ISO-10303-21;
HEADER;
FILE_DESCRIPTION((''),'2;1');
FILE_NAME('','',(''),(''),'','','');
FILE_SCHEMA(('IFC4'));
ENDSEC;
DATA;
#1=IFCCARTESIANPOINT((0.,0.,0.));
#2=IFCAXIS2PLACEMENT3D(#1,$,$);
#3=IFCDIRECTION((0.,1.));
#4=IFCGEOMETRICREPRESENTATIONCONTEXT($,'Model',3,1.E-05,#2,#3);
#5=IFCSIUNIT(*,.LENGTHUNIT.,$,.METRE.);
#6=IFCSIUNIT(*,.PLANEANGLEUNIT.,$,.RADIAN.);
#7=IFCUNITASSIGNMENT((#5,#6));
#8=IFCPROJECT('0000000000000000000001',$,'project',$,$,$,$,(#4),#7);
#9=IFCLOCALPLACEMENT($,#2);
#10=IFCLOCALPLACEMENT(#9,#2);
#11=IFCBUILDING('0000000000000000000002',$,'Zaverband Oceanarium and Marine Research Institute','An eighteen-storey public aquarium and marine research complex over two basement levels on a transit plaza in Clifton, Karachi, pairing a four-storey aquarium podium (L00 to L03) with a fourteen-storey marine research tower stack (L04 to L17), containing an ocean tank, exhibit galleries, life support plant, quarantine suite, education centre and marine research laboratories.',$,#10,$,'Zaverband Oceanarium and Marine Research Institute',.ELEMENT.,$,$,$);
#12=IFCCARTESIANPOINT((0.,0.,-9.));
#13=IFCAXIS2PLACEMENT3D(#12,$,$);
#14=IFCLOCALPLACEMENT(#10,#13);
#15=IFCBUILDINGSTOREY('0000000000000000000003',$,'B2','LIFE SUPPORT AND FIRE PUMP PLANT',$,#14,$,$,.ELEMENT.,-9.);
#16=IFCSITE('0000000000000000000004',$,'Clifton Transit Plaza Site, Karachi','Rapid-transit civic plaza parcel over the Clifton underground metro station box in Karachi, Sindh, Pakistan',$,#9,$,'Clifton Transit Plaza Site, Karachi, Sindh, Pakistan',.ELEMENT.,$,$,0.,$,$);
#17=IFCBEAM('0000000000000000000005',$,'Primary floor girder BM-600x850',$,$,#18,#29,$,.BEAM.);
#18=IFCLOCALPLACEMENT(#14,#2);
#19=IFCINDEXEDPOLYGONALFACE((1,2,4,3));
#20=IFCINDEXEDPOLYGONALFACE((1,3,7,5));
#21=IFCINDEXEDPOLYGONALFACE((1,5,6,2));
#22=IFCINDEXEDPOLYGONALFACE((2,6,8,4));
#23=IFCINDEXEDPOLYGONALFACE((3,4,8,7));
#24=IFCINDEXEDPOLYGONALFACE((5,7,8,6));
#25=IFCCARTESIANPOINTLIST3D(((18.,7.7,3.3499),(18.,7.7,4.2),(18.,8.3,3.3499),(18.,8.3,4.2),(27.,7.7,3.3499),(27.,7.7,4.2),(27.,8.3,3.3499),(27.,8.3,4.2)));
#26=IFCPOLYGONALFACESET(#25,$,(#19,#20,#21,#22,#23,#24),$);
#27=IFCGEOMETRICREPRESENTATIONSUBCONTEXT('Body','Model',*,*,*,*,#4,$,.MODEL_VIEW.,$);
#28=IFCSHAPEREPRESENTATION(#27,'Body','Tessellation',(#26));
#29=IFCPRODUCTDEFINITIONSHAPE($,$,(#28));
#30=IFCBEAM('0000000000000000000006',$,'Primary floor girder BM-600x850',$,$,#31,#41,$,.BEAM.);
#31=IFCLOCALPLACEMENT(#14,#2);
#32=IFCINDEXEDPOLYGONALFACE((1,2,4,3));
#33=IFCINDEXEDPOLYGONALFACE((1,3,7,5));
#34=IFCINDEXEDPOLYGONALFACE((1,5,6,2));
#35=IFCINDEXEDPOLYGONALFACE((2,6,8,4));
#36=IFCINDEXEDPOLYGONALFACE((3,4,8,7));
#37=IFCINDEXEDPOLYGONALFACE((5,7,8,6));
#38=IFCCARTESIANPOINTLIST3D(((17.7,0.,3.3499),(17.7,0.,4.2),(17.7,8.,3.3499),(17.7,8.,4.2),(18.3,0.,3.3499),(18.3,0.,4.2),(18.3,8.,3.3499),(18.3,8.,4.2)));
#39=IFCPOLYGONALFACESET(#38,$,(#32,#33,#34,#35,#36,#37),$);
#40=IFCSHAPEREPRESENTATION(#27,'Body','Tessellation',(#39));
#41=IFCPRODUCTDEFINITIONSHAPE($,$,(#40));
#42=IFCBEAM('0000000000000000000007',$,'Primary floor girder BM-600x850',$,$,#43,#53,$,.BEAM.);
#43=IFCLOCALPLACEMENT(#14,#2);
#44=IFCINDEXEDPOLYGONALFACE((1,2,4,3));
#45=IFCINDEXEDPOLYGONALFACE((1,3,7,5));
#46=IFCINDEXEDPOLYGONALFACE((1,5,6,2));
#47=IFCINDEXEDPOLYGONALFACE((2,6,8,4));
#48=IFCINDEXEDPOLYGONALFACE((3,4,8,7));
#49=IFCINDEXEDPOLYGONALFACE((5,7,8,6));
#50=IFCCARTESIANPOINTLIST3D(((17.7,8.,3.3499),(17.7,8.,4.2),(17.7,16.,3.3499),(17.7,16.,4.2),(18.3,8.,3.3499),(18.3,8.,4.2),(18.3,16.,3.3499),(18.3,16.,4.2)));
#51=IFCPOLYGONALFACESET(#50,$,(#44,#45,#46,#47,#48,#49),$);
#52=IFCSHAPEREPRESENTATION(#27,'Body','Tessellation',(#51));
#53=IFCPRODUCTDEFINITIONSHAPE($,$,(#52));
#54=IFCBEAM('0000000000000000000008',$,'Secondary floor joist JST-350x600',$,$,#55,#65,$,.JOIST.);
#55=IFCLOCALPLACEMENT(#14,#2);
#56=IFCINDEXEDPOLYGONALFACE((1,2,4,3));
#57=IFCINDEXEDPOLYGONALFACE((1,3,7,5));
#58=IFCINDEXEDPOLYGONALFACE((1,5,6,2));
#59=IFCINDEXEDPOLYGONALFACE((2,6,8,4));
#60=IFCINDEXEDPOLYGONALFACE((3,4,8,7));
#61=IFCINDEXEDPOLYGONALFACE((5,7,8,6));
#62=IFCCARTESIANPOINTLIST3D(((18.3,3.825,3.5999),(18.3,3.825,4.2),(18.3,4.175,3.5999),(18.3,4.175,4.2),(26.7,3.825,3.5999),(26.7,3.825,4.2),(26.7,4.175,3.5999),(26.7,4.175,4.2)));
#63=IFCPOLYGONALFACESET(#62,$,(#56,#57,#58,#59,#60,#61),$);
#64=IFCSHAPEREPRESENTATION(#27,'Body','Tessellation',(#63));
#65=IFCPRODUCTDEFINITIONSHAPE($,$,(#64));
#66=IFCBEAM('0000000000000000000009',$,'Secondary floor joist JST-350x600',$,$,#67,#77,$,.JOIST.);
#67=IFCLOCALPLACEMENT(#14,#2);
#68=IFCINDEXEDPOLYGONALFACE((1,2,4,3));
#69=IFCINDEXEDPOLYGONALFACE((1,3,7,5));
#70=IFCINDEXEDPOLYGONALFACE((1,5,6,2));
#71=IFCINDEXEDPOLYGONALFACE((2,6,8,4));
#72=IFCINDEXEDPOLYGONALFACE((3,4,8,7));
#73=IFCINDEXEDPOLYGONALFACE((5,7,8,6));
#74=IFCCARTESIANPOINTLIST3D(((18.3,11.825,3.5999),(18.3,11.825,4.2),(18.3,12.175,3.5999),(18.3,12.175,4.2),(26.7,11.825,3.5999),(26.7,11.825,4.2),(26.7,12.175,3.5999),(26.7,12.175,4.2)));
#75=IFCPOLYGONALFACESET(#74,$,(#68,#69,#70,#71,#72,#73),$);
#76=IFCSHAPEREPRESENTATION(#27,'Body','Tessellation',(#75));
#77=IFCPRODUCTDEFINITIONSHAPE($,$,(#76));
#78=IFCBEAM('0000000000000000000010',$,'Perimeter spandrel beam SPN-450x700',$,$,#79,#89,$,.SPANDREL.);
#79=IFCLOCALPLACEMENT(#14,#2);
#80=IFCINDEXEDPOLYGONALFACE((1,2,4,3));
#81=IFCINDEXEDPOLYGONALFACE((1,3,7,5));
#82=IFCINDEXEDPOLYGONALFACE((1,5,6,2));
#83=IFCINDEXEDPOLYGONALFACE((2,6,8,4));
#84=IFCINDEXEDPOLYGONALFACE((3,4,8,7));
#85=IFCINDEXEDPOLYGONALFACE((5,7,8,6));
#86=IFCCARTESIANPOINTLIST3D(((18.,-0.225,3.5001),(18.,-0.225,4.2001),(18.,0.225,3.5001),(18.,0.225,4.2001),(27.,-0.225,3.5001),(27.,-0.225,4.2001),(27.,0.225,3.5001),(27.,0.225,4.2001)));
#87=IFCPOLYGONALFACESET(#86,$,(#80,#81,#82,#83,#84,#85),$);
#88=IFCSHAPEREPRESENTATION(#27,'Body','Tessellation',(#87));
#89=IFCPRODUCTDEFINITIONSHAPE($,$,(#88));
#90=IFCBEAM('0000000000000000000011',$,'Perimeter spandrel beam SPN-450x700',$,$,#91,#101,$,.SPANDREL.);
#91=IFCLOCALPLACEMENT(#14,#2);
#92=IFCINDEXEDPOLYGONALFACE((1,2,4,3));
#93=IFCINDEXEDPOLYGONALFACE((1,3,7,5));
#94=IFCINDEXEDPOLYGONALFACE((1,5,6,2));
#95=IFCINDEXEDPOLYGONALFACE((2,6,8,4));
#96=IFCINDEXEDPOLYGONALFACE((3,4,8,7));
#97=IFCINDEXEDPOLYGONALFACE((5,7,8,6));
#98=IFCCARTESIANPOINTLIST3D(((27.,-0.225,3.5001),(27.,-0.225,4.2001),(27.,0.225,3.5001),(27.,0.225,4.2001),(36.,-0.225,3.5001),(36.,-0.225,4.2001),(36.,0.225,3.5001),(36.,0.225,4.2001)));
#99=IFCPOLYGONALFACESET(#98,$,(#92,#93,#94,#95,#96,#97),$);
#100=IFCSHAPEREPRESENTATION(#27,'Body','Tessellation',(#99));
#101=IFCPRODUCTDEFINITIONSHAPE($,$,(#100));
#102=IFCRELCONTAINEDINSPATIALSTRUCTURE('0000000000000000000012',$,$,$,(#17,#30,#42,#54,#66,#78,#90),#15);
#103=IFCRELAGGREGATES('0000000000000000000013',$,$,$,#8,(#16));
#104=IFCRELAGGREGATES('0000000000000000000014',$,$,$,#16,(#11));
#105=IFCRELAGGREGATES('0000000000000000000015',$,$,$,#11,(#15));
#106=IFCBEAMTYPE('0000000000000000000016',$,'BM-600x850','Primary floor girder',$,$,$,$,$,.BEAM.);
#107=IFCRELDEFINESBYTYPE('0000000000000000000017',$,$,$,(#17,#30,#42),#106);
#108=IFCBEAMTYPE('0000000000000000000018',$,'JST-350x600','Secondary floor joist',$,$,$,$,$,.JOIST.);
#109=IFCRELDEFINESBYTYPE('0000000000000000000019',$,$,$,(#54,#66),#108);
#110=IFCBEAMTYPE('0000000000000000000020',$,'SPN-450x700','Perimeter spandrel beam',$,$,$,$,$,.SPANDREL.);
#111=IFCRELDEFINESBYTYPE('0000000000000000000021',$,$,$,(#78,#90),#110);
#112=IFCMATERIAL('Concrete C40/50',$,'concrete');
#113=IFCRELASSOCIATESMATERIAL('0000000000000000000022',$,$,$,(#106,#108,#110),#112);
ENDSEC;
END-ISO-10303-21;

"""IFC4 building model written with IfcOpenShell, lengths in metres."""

from ifc_helpers import new_model, si_unit, direction, frame, origin, origin_2d, place, context, subcontext, project, spatial, rectangle, extrude, material, material_profile, profile_set, type_object, element, save


model = new_model("IFC4")

# Units and contexts
model_context = context("Model", 3, precision=1e-05, world=origin(), true_north=direction((0.0, 1.0)))
body_context = subcontext(model_context, "Body", "Model", "MODEL_VIEW")
ifc_project = project(units=[si_unit("LENGTHUNIT", "METRE"), si_unit("PLANEANGLEUNIT", "RADIAN")], contexts=[model_context])

# Site, building, storey
site_placement = place(None, origin())
site = spatial("IfcSite", under=ifc_project, at=site_placement, Name="Clifton Transit Plaza Site, Karachi", Description="Rapid-transit civic plaza parcel over the Clifton underground metro station box in Karachi, Sindh, Pakistan", LongName="Clifton Transit Plaza Site, Karachi, Sindh, Pakistan", CompositionType="ELEMENT", RefElevation=0.0)
building_placement = place(site_placement, origin())
building = spatial("IfcBuilding", under=site, at=building_placement, Name="Zaverband Oceanarium and Marine Research Institute", Description="An eighteen-storey public aquarium and marine research complex over two basement levels on a transit plaza in Clifton, Karachi, pairing a four-storey aquarium podium (L00 to L03) with a fourteen-storey marine research tower stack (L04 to L17), containing an ocean tank, exhibit galleries, life support plant, quarantine suite, education centre and marine research laboratories.", LongName="Zaverband Oceanarium and Marine Research Institute", CompositionType="ELEMENT")
storey_placement = place(building_placement, frame((0.0, 0.0, -9.0)))
storey = spatial("IfcBuildingStorey", under=building, at=storey_placement, Name="B2", Description="LIFE SUPPORT AND FIRE PUMP PLANT", CompositionType="ELEMENT", Elevation=-9.0)

# Beams
ifc_material_1 = material(Name="Concrete C40/50", Category="concrete")
ifc_material_profile_1 = material_profile(ifc_material_1, rectangle(XDim=0.6001, YDim=0.8501, at=origin_2d()), Name="RC600x850")
ifc_profile_set_1 = profile_set([ifc_material_profile_1], Name="Concrete C40/50")
beam_type_1 = type_object("IfcBeamType", Name="BM-600x850", Description="Primary floor girder", PredefinedType="BEAM", material=ifc_profile_set_1)
beam_placement = place(storey_placement, frame((18.0, 8.0, 3.7749), z_axis=(1.0, 0.0, 0.0), x_axis=(0.0, 1.0, 0.0)))
element("IfcBeam", 1, at=beam_placement, inside=storey, type_object=beam_type_1, Name="Primary floor girder BM-600x850", PredefinedType="BEAM", context=body_context, shape_type="SweptSolid", body=[
    extrude(rectangle(XDim=0.6001, YDim=0.8501, at=origin_2d()), origin(), (0.0, 0.0, 1.0), 9.0),
])
for number, where, z_axis, x_axis, name in (
    (2, (18.0, 0.0, 3.7749), (0.0, 1.0, 0.0), (-1.0, 0.0, 0.0), "Primary floor girder BM-600x850"),
    (3, (18.0, 8.0, 3.7749), (0.0, 1.0, 0.0), (-1.0, 0.0, 0.0), "Primary floor girder BM-600x850"),
):
    element("IfcBeam", number, at=place(storey_placement, frame(where, z_axis=z_axis, x_axis=x_axis)), inside=storey, type_object=beam_type_1, Name=name, PredefinedType="BEAM", context=body_context, shape_type="SweptSolid", body=[
        extrude(rectangle(XDim=0.6001, YDim=0.8501, at=origin_2d()), origin(), (0.0, 0.0, 1.0), 8.0),
    ])
ifc_material_profile_2 = material_profile(ifc_material_1, rectangle(XDim=0.3501, YDim=0.6001, at=origin_2d()), Name="RC350x600")
ifc_profile_set_2 = profile_set([ifc_material_profile_2], Name="Concrete C40/50")
beam_type_2 = type_object("IfcBeamType", Name="JST-350x600", Description="Secondary floor joist", PredefinedType="JOIST", material=ifc_profile_set_2)
for number, where, z_axis, x_axis, name in (
    (4, (18.3, 4.0, 3.8999), (1.0, 0.0, 0.0), (0.0, 1.0, 0.0), "Secondary floor joist JST-350x600"),
    (5, (18.3, 12.0, 3.8999), (1.0, 0.0, 0.0), (0.0, 1.0, 0.0), "Secondary floor joist JST-350x600"),
):
    element("IfcBeam", number, at=place(storey_placement, frame(where, z_axis=z_axis, x_axis=x_axis)), inside=storey, type_object=beam_type_2, Name=name, PredefinedType="JOIST", context=body_context, shape_type="SweptSolid", body=[
        extrude(rectangle(XDim=0.3501, YDim=0.6001, at=origin_2d()), origin(), (0.0, 0.0, 1.0), 8.3999),
    ])
ifc_material_profile_3 = material_profile(ifc_material_1, rectangle(XDim=0.45, YDim=0.7, at=origin_2d()), Name="RC450x700")
ifc_profile_set_3 = profile_set([ifc_material_profile_3], Name="Concrete C40/50")
beam_type_3 = type_object("IfcBeamType", Name="SPN-450x700", Description="Perimeter spandrel beam", PredefinedType="SPANDREL", material=ifc_profile_set_3)
for number, where, z_axis, x_axis, name in (
    (6, (18.0, 0.0, 3.8501), (1.0, 0.0, 0.0), (0.0, 1.0, 0.0), "Perimeter spandrel beam SPN-450x700"),
    (7, (27.0, 0.0, 3.8501), (1.0, 0.0, 0.0), (0.0, 1.0, 0.0), "Perimeter spandrel beam SPN-450x700"),
):
    element("IfcBeam", number, at=place(storey_placement, frame(where, z_axis=z_axis, x_axis=x_axis)), inside=storey, type_object=beam_type_3, Name=name, PredefinedType="SPANDREL", context=body_context, shape_type="SweptSolid", body=[
        extrude(rectangle(XDim=0.45, YDim=0.7, at=origin_2d()), origin(), (0.0, 0.0, 1.0), 9.0),
    ])

save(model, "model.ifc")
